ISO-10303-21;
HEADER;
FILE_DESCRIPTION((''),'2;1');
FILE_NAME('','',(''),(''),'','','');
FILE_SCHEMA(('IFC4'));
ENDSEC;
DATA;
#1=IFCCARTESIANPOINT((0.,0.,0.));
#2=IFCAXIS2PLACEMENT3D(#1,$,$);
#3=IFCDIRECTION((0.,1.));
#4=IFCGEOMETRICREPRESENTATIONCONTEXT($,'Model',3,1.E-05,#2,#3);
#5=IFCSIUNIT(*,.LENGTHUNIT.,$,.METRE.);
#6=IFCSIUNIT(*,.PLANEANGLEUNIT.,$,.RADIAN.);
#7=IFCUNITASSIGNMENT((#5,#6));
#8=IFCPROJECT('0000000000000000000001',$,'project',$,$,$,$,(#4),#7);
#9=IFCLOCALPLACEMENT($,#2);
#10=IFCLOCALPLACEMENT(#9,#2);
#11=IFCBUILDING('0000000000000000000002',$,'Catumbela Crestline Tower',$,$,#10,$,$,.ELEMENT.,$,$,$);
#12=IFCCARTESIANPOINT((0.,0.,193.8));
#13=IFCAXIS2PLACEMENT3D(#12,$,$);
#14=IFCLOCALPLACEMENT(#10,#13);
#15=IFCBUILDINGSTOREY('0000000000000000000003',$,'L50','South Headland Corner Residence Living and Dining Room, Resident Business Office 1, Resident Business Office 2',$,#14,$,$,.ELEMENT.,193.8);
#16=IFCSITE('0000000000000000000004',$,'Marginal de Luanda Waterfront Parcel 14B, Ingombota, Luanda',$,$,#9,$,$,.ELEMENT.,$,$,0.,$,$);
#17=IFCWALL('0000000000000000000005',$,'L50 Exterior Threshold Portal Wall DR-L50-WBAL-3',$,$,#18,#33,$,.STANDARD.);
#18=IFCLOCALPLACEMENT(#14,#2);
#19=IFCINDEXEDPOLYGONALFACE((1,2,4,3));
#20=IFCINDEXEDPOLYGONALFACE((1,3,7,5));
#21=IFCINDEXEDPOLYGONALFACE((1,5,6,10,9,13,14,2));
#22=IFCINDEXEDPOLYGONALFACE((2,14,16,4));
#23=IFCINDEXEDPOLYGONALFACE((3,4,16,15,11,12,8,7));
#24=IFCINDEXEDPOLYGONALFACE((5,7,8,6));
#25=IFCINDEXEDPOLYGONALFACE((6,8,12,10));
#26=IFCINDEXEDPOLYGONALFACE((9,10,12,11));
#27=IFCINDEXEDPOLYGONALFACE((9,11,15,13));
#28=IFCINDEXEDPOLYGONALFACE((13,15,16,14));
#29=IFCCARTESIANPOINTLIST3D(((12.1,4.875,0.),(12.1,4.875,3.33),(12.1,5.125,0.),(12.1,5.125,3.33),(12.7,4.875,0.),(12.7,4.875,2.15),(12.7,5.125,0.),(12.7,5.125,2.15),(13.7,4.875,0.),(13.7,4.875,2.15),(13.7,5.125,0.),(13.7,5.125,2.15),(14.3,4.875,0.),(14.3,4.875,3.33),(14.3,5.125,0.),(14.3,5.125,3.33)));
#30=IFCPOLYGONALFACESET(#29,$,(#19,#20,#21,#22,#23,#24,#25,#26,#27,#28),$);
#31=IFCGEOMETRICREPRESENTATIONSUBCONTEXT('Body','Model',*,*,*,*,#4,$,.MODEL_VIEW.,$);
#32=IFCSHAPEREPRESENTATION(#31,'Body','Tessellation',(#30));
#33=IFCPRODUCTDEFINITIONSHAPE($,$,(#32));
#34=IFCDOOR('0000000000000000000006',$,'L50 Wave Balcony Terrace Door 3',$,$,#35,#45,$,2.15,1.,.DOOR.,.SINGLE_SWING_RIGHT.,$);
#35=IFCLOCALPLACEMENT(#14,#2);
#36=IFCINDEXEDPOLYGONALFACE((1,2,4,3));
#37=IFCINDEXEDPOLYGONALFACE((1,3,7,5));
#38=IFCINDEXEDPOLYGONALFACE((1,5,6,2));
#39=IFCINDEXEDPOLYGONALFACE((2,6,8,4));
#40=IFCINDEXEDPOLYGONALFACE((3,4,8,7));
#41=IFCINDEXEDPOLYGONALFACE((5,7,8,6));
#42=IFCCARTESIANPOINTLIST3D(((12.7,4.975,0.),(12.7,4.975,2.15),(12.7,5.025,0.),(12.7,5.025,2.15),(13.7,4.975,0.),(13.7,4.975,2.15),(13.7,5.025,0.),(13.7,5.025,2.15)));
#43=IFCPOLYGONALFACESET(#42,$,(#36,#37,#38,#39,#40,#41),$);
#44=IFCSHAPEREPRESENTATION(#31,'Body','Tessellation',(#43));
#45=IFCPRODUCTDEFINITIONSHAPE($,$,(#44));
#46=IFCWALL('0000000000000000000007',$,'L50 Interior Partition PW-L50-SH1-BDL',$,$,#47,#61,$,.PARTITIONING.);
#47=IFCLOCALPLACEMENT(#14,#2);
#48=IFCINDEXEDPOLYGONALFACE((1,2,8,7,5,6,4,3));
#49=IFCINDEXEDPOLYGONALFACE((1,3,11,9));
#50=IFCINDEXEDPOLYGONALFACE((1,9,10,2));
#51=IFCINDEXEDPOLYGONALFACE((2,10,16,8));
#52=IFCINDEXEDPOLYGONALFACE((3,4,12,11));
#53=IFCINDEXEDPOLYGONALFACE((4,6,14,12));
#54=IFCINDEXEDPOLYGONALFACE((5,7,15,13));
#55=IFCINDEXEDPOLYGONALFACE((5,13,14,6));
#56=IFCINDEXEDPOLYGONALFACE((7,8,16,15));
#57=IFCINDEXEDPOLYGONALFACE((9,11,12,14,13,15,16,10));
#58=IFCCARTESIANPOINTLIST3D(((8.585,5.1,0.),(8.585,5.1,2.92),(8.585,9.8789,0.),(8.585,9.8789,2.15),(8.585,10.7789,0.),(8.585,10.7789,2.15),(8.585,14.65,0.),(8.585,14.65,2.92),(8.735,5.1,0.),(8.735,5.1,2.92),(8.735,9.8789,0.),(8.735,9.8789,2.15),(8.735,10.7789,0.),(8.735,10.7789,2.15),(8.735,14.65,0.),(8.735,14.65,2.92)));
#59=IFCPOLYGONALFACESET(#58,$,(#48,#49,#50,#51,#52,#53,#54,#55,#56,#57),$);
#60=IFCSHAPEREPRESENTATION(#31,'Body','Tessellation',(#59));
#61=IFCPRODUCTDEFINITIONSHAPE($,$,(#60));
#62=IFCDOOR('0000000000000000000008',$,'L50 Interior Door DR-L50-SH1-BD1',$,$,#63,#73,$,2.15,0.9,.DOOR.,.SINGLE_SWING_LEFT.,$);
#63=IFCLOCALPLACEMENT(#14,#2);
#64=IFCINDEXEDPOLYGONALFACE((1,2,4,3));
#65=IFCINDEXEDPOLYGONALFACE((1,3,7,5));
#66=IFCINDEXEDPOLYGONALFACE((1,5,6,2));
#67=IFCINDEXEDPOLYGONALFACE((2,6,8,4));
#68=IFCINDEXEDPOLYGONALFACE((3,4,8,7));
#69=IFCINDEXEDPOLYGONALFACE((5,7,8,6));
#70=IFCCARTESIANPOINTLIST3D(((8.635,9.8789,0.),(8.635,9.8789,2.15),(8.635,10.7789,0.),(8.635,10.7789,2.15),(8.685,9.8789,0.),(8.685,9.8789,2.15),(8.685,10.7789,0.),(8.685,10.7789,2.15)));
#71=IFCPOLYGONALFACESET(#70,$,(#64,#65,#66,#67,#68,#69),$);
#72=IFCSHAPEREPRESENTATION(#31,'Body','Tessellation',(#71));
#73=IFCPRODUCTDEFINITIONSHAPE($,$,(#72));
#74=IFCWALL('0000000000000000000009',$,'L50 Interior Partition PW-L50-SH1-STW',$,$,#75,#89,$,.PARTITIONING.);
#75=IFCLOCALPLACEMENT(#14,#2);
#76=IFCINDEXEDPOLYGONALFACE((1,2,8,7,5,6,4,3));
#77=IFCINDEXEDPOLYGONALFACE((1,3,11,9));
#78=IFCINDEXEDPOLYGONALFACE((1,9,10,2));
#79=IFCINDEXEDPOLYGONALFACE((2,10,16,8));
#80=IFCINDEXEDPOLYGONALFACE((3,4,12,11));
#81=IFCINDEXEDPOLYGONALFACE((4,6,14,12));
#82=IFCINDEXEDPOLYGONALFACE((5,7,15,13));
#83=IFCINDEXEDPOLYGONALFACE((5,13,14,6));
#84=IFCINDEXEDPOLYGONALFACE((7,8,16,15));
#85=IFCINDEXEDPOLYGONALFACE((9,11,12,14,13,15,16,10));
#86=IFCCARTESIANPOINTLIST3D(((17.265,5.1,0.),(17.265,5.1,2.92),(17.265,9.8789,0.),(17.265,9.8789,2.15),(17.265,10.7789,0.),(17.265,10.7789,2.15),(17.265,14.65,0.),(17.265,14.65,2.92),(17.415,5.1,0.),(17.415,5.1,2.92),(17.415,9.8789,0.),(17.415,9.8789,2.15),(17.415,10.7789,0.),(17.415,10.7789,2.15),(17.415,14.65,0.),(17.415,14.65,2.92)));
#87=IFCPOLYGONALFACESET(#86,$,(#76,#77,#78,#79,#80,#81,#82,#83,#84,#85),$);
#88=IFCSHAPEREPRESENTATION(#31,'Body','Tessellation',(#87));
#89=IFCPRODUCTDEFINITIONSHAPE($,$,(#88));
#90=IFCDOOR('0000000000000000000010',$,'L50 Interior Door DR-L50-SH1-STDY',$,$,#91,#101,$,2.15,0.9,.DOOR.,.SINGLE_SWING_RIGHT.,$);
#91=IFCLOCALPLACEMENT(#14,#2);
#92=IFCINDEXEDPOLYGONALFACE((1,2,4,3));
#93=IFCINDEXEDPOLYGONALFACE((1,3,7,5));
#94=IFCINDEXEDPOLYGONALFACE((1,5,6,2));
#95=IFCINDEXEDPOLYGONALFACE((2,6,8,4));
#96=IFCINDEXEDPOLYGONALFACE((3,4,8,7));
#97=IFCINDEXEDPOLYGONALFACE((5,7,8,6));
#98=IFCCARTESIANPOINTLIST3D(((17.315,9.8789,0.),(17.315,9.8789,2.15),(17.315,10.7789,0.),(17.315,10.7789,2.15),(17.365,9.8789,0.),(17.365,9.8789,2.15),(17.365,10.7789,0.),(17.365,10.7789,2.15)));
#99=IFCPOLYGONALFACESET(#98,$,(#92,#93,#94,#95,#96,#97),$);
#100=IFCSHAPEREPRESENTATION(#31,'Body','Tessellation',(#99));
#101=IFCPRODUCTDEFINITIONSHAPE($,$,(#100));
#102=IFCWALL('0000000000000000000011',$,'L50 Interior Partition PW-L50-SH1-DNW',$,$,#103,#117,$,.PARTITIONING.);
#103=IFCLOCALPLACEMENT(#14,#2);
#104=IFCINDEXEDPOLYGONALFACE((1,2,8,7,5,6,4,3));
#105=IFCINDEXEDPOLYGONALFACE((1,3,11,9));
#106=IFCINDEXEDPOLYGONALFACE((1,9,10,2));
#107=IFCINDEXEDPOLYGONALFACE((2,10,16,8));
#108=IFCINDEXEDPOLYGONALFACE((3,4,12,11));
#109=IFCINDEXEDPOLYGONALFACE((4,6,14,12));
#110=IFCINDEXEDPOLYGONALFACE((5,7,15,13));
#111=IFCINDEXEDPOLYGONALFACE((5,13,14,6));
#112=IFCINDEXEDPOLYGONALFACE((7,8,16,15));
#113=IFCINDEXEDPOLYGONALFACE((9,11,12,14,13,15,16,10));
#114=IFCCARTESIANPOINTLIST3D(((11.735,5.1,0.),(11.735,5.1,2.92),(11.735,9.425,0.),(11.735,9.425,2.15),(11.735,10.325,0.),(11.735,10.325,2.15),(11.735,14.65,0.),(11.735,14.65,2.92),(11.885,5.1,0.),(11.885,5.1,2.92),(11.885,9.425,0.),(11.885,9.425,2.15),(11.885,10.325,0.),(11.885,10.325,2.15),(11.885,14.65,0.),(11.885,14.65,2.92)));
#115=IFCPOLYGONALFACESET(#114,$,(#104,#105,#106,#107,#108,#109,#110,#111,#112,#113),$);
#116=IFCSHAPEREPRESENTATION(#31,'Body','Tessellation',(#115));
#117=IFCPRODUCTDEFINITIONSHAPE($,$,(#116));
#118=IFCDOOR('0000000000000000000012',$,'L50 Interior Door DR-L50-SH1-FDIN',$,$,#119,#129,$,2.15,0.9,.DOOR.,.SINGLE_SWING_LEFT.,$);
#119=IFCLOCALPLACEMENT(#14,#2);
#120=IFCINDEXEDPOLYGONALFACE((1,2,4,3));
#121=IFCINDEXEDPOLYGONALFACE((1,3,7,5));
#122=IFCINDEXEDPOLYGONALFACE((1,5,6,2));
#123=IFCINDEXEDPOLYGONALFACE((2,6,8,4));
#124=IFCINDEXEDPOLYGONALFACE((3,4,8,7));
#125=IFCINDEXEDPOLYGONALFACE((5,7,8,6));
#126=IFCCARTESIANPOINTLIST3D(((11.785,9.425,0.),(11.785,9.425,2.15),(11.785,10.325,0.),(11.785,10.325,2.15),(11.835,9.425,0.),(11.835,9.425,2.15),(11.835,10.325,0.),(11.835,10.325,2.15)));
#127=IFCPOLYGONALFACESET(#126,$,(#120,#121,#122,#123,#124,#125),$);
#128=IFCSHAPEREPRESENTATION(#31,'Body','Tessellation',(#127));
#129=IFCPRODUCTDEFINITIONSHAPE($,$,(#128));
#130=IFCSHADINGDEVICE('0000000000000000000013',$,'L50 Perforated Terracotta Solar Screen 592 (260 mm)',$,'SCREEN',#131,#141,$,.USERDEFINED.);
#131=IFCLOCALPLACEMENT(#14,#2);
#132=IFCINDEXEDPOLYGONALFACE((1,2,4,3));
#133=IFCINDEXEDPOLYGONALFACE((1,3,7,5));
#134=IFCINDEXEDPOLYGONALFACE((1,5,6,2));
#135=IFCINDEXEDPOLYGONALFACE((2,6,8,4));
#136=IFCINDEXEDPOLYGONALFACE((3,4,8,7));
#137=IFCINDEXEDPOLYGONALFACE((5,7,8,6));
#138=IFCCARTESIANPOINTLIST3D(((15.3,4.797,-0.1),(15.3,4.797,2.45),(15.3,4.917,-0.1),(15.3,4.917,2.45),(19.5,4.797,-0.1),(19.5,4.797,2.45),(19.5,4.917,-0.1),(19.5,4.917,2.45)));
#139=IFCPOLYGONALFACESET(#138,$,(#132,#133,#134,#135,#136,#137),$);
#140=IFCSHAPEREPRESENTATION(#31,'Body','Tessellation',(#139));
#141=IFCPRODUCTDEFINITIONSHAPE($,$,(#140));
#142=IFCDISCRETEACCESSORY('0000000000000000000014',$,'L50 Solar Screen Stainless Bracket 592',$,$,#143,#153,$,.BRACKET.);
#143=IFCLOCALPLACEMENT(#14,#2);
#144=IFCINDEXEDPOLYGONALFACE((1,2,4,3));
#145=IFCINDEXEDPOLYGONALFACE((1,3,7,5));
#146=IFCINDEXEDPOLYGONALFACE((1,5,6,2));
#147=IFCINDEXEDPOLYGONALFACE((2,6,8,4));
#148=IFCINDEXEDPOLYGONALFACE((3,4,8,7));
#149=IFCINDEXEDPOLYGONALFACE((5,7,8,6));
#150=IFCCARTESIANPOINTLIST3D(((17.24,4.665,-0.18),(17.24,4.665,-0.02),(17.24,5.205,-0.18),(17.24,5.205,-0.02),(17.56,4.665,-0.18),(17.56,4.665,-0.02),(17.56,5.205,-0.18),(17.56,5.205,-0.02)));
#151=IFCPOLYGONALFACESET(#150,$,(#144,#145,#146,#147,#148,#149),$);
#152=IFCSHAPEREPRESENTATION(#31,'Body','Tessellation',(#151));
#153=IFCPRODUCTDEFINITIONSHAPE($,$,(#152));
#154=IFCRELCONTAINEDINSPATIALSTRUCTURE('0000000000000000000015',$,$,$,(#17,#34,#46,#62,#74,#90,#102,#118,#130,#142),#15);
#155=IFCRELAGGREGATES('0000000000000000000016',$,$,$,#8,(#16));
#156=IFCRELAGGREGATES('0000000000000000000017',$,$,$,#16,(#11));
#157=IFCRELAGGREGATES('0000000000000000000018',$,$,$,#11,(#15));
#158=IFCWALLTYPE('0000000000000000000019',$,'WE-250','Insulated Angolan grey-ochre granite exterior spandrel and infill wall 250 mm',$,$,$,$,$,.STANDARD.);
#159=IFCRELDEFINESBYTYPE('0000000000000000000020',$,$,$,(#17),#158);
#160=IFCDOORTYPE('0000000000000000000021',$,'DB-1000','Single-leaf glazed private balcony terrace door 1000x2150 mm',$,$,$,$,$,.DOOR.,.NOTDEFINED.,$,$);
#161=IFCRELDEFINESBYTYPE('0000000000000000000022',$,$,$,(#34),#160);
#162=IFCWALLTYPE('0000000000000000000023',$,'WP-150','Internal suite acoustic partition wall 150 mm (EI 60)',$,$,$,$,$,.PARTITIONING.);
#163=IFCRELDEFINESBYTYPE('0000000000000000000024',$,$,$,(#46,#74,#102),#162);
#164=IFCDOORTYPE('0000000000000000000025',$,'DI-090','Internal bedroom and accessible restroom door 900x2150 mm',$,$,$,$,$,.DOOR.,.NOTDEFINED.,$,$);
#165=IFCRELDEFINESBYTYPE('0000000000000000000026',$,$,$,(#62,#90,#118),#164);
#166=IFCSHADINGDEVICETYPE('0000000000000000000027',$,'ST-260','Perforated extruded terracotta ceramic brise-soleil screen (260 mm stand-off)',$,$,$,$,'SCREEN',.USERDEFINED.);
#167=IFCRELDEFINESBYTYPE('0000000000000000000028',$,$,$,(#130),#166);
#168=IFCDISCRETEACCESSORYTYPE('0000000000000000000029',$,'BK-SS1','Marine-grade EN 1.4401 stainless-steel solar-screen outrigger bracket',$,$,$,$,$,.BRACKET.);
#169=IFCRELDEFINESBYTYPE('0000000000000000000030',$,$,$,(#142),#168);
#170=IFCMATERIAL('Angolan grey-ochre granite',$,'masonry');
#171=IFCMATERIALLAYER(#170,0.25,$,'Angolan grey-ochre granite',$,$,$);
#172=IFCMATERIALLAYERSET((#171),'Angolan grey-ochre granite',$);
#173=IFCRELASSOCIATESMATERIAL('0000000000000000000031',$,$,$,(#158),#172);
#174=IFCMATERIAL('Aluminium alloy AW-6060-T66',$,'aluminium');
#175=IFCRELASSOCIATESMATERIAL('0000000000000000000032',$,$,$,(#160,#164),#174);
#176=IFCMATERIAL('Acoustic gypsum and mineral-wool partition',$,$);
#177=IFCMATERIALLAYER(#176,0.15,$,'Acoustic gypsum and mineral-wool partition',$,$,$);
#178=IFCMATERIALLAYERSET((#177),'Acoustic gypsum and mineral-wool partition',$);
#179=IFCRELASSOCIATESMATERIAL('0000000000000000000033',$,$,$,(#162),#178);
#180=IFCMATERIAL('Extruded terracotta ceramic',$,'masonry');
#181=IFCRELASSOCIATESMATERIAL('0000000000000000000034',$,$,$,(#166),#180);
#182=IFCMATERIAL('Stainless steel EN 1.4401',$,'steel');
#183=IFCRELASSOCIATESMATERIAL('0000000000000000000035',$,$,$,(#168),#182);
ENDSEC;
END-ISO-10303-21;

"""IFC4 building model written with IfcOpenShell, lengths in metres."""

from ifc_helpers import new_model, si_unit, direction, frame, frame_2d, origin, origin_2d, place, context, subcontext, project, spatial, rectangle, extrude, material, layer, layer_set, type_object, element, fill, save


model = new_model("IFC4")

# Units and contexts
model_context = context("Model", 3, precision=1e-05, world=origin(), true_north=direction((0.0, 1.0)))
body_context = subcontext(model_context, "Body", "Model", "MODEL_VIEW")
ifc_project = project(units=[si_unit("LENGTHUNIT", "METRE"), si_unit("PLANEANGLEUNIT", "RADIAN")], contexts=[model_context])

# Site, building, storey
site_placement = place(None, origin())
site = spatial("IfcSite", under=ifc_project, at=site_placement, Name="Marginal de Luanda Waterfront Parcel 14B, Ingombota, Luanda", CompositionType="ELEMENT", RefElevation=0.0)
building_placement = place(site_placement, origin())
building = spatial("IfcBuilding", under=site, at=building_placement, Name="Catumbela Crestline Tower", CompositionType="ELEMENT")
storey_placement = place(building_placement, frame((0.0, 0.0, 193.8)))
storey = spatial("IfcBuildingStorey", under=building, at=storey_placement, Name="L50", Description="South Headland Corner Residence Living and Dining Room, Resident Business Office 1, Resident Business Office 2", CompositionType="ELEMENT", Elevation=193.8)

# Shared definitions
ifc_material_1 = material(Name="Aluminium alloy AW-6060-T66", Category="aluminium")

# Walls, openings, doors
ifc_material_2 = material(Name="Angolan grey-ochre granite", Category="masonry")
ifc_layer_1 = layer(ifc_material_2, 0.25, Name="Angolan grey-ochre granite")
ifc_layer_set_1 = layer_set([ifc_layer_1], Name="Angolan grey-ochre granite")
wall_type_1 = type_object("IfcWallType", Name="WE-250", Description="Insulated Angolan grey-ochre granite exterior spandrel and infill wall 250 mm", PredefinedType="STANDARD", material=ifc_layer_set_1)
wall_1_placement = place(storey_placement, frame((12.1, 5.0, 0.0), z_axis=(0.0, 0.0, 1.0), x_axis=(1.0, 0.0, 0.0)))
wall_1 = element("IfcWall", 1, at=wall_1_placement, inside=storey, type_object=wall_type_1, Name="L50 Exterior Threshold Portal Wall DR-L50-WBAL-3", PredefinedType="STANDARD", context=body_context, shape_type="SweptSolid", body=[
    extrude(rectangle(XDim=2.2, YDim=0.25, at=frame_2d((1.1, 0.0))), origin(), (0.0, 0.0, 1.0), 3.33),
])
opening_1_placement = place(wall_1_placement, frame((0.6, 0.0, 0.0)))
opening_1 = element("IfcOpeningElement", 2, at=opening_1_placement, cuts=wall_1, PredefinedType="OPENING", context=body_context, shape_type="SweptSolid", body=[
    extrude(rectangle(XDim=1.0, YDim=2.15, at=frame_2d((0.5, 1.075))), frame((0.0, 0.135, 0.0), z_axis=(0.0, -1.0, 0.0), x_axis=(1.0, 0.0, 0.0)), (0.0, 0.0, 1.0), 0.27),
])
door_type_1 = type_object("IfcDoorType", Name="DB-1000", Description="Single-leaf glazed private balcony terrace door 1000x2150 mm", OperationType="NOTDEFINED", PredefinedType="DOOR", material=ifc_material_1)
door_1_placement = place(opening_1_placement, origin())
door_1 = element("IfcDoor", 3, at=door_1_placement, inside=storey, type_object=door_type_1, Name="L50 Wave Balcony Terrace Door 3", OperationType="SINGLE_SWING_RIGHT", OverallHeight=2.15, OverallWidth=1.0, PredefinedType="DOOR", context=body_context, shape_type="SweptSolid", body=[
    extrude(rectangle(XDim=1.0, YDim=2.15, at=frame_2d((0.5, 1.075))), frame((0.0, 0.025, 0.0), z_axis=(0.0, -1.0, 0.0), x_axis=(1.0, 0.0, 0.0)), (0.0, 0.0, 1.0), 0.05),
])
fill(opening_1, door_1)
ifc_material_3 = material(Name="Acoustic gypsum and mineral-wool partition")
ifc_layer_2 = layer(ifc_material_3, 0.15, Name="Acoustic gypsum and mineral-wool partition")
ifc_layer_set_2 = layer_set([ifc_layer_2], Name="Acoustic gypsum and mineral-wool partition")
wall_type_2 = type_object("IfcWallType", Name="WP-150", Description="Internal suite acoustic partition wall 150 mm (EI 60)", PredefinedType="PARTITIONING", material=ifc_layer_set_2)
wall_2_placement = place(storey_placement, frame((8.66, 5.1, 0.0), z_axis=(0.0, 0.0, 1.0), x_axis=(0.0, 1.0, 0.0)))
wall_2 = element("IfcWall", 4, at=wall_2_placement, inside=storey, type_object=wall_type_2, Name="L50 Interior Partition PW-L50-SH1-BDL", PredefinedType="PARTITIONING", context=body_context, shape_type="SweptSolid", body=[
    extrude(rectangle(XDim=9.55, YDim=0.15, at=frame_2d((4.775, 0.0))), origin(), (0.0, 0.0, 1.0), 2.92),
])
opening_2_placement = place(wall_2_placement, frame((4.7789, 0.0, 0.0)))
opening_2 = element("IfcOpeningElement", 5, at=opening_2_placement, cuts=wall_2, PredefinedType="OPENING", context=body_context, shape_type="SweptSolid", body=[
    extrude(rectangle(XDim=0.9, YDim=2.15, at=frame_2d((0.45, 1.075))), frame((0.0, 0.085, 0.0), z_axis=(0.0, -1.0, 0.0), x_axis=(1.0, 0.0, 0.0)), (0.0, 0.0, 1.0), 0.17),
])
door_type_2 = type_object("IfcDoorType", Name="DI-090", Description="Internal bedroom and accessible restroom door 900x2150 mm", OperationType="NOTDEFINED", PredefinedType="DOOR", material=ifc_material_1)
door_2_placement = place(opening_2_placement, origin())
door_2 = element("IfcDoor", 6, at=door_2_placement, inside=storey, type_object=door_type_2, Name="L50 Interior Door DR-L50-SH1-BD1", OperationType="SINGLE_SWING_LEFT", OverallHeight=2.15, OverallWidth=0.9, PredefinedType="DOOR", context=body_context, shape_type="SweptSolid", body=[
    extrude(rectangle(XDim=0.9, YDim=2.15, at=frame_2d((0.45, 1.075))), frame((0.0, 0.025, 0.0), z_axis=(0.0, -1.0, 0.0), x_axis=(1.0, 0.0, 0.0)), (0.0, 0.0, 1.0), 0.05),
])
fill(opening_2, door_2)
wall_3_placement = place(storey_placement, frame((17.34, 5.1, 0.0), z_axis=(0.0, 0.0, 1.0), x_axis=(0.0, 1.0, 0.0)))
wall_3 = element("IfcWall", 7, at=wall_3_placement, inside=storey, type_object=wall_type_2, Name="L50 Interior Partition PW-L50-SH1-STW", PredefinedType="PARTITIONING", context=body_context, shape_type="SweptSolid", body=[
    extrude(rectangle(XDim=9.55, YDim=0.15, at=frame_2d((4.775, 0.0))), origin(), (0.0, 0.0, 1.0), 2.92),
])
opening_3_placement = place(wall_3_placement, frame((4.7789, 0.0, 0.0)))
opening_3 = element("IfcOpeningElement", 8, at=opening_3_placement, cuts=wall_3, PredefinedType="OPENING", context=body_context, shape_type="SweptSolid", body=[
    extrude(rectangle(XDim=0.9, YDim=2.15, at=frame_2d((0.45, 1.075))), frame((0.0, 0.085, 0.0), z_axis=(0.0, -1.0, 0.0), x_axis=(1.0, 0.0, 0.0)), (0.0, 0.0, 1.0), 0.17),
])
door_3_placement = place(opening_3_placement, origin())
door_3 = element("IfcDoor", 9, at=door_3_placement, inside=storey, type_object=door_type_2, Name="L50 Interior Door DR-L50-SH1-STDY", OperationType="SINGLE_SWING_RIGHT", OverallHeight=2.15, OverallWidth=0.9, PredefinedType="DOOR", context=body_context, shape_type="SweptSolid", body=[
    extrude(rectangle(XDim=0.9, YDim=2.15, at=frame_2d((0.45, 1.075))), frame((0.0, 0.025, 0.0), z_axis=(0.0, -1.0, 0.0), x_axis=(1.0, 0.0, 0.0)), (0.0, 0.0, 1.0), 0.05),
])
fill(opening_3, door_3)
wall_4_placement = place(storey_placement, frame((11.81, 5.1, 0.0), z_axis=(0.0, 0.0, 1.0), x_axis=(0.0, 1.0, 0.0)))
wall_4 = element("IfcWall", 10, at=wall_4_placement, inside=storey, type_object=wall_type_2, Name="L50 Interior Partition PW-L50-SH1-DNW", PredefinedType="PARTITIONING", context=body_context, shape_type="SweptSolid", body=[
    extrude(rectangle(XDim=9.55, YDim=0.15, at=frame_2d((4.775, 0.0))), origin(), (0.0, 0.0, 1.0), 2.92),
])
opening_4_placement = place(wall_4_placement, frame((4.325, 0.0, 0.0)))
opening_4 = element("IfcOpeningElement", 11, at=opening_4_placement, cuts=wall_4, PredefinedType="OPENING", context=body_context, shape_type="SweptSolid", body=[
    extrude(rectangle(XDim=0.9, YDim=2.15, at=frame_2d((0.45, 1.075))), frame((0.0, 0.085, 0.0), z_axis=(0.0, -1.0, 0.0), x_axis=(1.0, 0.0, 0.0)), (0.0, 0.0, 1.0), 0.17),
])
door_4_placement = place(opening_4_placement, origin())
door_4 = element("IfcDoor", 12, at=door_4_placement, inside=storey, type_object=door_type_2, Name="L50 Interior Door DR-L50-SH1-FDIN", OperationType="SINGLE_SWING_LEFT", OverallHeight=2.15, OverallWidth=0.9, PredefinedType="DOOR", context=body_context, shape_type="SweptSolid", body=[
    extrude(rectangle(XDim=0.9, YDim=2.15, at=frame_2d((0.45, 1.075))), frame((0.0, 0.025, 0.0), z_axis=(0.0, -1.0, 0.0), x_axis=(1.0, 0.0, 0.0)), (0.0, 0.0, 1.0), 0.05),
])
fill(opening_4, door_4)

# Shared definitions
ifc_material_4 = material(Name="Stainless steel EN 1.4401", Category="steel")

# Shading device
ifc_material_5 = material(Name="Extruded terracotta ceramic", Category="masonry")
shading_device_type = type_object("IfcShadingDeviceType", Name="ST-260", Description="Perforated extruded terracotta ceramic brise-soleil screen (260 mm stand-off)", ElementType="SCREEN", PredefinedType="USERDEFINED", material=ifc_material_5)
shading_device_placement = place(storey_placement, frame((17.4, 4.857, -0.1), z_axis=(0.0, 0.0, 1.0), x_axis=(1.0, 0.0, 0.0)))
element("IfcShadingDevice", 13, at=shading_device_placement, inside=storey, type_object=shading_device_type, Name="L50 Perforated Terracotta Solar Screen 592 (260 mm)", ObjectType="SCREEN", PredefinedType="USERDEFINED", context=body_context, shape_type="SweptSolid", body=[
    extrude(rectangle(XDim=4.2, YDim=0.12, at=origin_2d()), origin(), (0.0, 0.0, 1.0), 2.55),
])

# Discrete accessory
discrete_accessory_type = type_object("IfcDiscreteAccessoryType", Name="BK-SS1", Description="Marine-grade EN 1.4401 stainless-steel solar-screen outrigger bracket", PredefinedType="BRACKET", material=ifc_material_4)
discrete_accessory_placement = place(storey_placement, frame((17.4, 4.935, -0.18), z_axis=(0.0, 0.0, 1.0), x_axis=(1.0, 0.0, 0.0)))
element("IfcDiscreteAccessory", 14, at=discrete_accessory_placement, inside=storey, type_object=discrete_accessory_type, Name="L50 Solar Screen Stainless Bracket 592", PredefinedType="BRACKET", context=body_context, shape_type="SweptSolid", body=[
    extrude(rectangle(XDim=0.32, YDim=0.54, at=origin_2d()), origin(), (0.0, 0.0, 1.0), 0.16),
])

save(model, "model.ifc")
